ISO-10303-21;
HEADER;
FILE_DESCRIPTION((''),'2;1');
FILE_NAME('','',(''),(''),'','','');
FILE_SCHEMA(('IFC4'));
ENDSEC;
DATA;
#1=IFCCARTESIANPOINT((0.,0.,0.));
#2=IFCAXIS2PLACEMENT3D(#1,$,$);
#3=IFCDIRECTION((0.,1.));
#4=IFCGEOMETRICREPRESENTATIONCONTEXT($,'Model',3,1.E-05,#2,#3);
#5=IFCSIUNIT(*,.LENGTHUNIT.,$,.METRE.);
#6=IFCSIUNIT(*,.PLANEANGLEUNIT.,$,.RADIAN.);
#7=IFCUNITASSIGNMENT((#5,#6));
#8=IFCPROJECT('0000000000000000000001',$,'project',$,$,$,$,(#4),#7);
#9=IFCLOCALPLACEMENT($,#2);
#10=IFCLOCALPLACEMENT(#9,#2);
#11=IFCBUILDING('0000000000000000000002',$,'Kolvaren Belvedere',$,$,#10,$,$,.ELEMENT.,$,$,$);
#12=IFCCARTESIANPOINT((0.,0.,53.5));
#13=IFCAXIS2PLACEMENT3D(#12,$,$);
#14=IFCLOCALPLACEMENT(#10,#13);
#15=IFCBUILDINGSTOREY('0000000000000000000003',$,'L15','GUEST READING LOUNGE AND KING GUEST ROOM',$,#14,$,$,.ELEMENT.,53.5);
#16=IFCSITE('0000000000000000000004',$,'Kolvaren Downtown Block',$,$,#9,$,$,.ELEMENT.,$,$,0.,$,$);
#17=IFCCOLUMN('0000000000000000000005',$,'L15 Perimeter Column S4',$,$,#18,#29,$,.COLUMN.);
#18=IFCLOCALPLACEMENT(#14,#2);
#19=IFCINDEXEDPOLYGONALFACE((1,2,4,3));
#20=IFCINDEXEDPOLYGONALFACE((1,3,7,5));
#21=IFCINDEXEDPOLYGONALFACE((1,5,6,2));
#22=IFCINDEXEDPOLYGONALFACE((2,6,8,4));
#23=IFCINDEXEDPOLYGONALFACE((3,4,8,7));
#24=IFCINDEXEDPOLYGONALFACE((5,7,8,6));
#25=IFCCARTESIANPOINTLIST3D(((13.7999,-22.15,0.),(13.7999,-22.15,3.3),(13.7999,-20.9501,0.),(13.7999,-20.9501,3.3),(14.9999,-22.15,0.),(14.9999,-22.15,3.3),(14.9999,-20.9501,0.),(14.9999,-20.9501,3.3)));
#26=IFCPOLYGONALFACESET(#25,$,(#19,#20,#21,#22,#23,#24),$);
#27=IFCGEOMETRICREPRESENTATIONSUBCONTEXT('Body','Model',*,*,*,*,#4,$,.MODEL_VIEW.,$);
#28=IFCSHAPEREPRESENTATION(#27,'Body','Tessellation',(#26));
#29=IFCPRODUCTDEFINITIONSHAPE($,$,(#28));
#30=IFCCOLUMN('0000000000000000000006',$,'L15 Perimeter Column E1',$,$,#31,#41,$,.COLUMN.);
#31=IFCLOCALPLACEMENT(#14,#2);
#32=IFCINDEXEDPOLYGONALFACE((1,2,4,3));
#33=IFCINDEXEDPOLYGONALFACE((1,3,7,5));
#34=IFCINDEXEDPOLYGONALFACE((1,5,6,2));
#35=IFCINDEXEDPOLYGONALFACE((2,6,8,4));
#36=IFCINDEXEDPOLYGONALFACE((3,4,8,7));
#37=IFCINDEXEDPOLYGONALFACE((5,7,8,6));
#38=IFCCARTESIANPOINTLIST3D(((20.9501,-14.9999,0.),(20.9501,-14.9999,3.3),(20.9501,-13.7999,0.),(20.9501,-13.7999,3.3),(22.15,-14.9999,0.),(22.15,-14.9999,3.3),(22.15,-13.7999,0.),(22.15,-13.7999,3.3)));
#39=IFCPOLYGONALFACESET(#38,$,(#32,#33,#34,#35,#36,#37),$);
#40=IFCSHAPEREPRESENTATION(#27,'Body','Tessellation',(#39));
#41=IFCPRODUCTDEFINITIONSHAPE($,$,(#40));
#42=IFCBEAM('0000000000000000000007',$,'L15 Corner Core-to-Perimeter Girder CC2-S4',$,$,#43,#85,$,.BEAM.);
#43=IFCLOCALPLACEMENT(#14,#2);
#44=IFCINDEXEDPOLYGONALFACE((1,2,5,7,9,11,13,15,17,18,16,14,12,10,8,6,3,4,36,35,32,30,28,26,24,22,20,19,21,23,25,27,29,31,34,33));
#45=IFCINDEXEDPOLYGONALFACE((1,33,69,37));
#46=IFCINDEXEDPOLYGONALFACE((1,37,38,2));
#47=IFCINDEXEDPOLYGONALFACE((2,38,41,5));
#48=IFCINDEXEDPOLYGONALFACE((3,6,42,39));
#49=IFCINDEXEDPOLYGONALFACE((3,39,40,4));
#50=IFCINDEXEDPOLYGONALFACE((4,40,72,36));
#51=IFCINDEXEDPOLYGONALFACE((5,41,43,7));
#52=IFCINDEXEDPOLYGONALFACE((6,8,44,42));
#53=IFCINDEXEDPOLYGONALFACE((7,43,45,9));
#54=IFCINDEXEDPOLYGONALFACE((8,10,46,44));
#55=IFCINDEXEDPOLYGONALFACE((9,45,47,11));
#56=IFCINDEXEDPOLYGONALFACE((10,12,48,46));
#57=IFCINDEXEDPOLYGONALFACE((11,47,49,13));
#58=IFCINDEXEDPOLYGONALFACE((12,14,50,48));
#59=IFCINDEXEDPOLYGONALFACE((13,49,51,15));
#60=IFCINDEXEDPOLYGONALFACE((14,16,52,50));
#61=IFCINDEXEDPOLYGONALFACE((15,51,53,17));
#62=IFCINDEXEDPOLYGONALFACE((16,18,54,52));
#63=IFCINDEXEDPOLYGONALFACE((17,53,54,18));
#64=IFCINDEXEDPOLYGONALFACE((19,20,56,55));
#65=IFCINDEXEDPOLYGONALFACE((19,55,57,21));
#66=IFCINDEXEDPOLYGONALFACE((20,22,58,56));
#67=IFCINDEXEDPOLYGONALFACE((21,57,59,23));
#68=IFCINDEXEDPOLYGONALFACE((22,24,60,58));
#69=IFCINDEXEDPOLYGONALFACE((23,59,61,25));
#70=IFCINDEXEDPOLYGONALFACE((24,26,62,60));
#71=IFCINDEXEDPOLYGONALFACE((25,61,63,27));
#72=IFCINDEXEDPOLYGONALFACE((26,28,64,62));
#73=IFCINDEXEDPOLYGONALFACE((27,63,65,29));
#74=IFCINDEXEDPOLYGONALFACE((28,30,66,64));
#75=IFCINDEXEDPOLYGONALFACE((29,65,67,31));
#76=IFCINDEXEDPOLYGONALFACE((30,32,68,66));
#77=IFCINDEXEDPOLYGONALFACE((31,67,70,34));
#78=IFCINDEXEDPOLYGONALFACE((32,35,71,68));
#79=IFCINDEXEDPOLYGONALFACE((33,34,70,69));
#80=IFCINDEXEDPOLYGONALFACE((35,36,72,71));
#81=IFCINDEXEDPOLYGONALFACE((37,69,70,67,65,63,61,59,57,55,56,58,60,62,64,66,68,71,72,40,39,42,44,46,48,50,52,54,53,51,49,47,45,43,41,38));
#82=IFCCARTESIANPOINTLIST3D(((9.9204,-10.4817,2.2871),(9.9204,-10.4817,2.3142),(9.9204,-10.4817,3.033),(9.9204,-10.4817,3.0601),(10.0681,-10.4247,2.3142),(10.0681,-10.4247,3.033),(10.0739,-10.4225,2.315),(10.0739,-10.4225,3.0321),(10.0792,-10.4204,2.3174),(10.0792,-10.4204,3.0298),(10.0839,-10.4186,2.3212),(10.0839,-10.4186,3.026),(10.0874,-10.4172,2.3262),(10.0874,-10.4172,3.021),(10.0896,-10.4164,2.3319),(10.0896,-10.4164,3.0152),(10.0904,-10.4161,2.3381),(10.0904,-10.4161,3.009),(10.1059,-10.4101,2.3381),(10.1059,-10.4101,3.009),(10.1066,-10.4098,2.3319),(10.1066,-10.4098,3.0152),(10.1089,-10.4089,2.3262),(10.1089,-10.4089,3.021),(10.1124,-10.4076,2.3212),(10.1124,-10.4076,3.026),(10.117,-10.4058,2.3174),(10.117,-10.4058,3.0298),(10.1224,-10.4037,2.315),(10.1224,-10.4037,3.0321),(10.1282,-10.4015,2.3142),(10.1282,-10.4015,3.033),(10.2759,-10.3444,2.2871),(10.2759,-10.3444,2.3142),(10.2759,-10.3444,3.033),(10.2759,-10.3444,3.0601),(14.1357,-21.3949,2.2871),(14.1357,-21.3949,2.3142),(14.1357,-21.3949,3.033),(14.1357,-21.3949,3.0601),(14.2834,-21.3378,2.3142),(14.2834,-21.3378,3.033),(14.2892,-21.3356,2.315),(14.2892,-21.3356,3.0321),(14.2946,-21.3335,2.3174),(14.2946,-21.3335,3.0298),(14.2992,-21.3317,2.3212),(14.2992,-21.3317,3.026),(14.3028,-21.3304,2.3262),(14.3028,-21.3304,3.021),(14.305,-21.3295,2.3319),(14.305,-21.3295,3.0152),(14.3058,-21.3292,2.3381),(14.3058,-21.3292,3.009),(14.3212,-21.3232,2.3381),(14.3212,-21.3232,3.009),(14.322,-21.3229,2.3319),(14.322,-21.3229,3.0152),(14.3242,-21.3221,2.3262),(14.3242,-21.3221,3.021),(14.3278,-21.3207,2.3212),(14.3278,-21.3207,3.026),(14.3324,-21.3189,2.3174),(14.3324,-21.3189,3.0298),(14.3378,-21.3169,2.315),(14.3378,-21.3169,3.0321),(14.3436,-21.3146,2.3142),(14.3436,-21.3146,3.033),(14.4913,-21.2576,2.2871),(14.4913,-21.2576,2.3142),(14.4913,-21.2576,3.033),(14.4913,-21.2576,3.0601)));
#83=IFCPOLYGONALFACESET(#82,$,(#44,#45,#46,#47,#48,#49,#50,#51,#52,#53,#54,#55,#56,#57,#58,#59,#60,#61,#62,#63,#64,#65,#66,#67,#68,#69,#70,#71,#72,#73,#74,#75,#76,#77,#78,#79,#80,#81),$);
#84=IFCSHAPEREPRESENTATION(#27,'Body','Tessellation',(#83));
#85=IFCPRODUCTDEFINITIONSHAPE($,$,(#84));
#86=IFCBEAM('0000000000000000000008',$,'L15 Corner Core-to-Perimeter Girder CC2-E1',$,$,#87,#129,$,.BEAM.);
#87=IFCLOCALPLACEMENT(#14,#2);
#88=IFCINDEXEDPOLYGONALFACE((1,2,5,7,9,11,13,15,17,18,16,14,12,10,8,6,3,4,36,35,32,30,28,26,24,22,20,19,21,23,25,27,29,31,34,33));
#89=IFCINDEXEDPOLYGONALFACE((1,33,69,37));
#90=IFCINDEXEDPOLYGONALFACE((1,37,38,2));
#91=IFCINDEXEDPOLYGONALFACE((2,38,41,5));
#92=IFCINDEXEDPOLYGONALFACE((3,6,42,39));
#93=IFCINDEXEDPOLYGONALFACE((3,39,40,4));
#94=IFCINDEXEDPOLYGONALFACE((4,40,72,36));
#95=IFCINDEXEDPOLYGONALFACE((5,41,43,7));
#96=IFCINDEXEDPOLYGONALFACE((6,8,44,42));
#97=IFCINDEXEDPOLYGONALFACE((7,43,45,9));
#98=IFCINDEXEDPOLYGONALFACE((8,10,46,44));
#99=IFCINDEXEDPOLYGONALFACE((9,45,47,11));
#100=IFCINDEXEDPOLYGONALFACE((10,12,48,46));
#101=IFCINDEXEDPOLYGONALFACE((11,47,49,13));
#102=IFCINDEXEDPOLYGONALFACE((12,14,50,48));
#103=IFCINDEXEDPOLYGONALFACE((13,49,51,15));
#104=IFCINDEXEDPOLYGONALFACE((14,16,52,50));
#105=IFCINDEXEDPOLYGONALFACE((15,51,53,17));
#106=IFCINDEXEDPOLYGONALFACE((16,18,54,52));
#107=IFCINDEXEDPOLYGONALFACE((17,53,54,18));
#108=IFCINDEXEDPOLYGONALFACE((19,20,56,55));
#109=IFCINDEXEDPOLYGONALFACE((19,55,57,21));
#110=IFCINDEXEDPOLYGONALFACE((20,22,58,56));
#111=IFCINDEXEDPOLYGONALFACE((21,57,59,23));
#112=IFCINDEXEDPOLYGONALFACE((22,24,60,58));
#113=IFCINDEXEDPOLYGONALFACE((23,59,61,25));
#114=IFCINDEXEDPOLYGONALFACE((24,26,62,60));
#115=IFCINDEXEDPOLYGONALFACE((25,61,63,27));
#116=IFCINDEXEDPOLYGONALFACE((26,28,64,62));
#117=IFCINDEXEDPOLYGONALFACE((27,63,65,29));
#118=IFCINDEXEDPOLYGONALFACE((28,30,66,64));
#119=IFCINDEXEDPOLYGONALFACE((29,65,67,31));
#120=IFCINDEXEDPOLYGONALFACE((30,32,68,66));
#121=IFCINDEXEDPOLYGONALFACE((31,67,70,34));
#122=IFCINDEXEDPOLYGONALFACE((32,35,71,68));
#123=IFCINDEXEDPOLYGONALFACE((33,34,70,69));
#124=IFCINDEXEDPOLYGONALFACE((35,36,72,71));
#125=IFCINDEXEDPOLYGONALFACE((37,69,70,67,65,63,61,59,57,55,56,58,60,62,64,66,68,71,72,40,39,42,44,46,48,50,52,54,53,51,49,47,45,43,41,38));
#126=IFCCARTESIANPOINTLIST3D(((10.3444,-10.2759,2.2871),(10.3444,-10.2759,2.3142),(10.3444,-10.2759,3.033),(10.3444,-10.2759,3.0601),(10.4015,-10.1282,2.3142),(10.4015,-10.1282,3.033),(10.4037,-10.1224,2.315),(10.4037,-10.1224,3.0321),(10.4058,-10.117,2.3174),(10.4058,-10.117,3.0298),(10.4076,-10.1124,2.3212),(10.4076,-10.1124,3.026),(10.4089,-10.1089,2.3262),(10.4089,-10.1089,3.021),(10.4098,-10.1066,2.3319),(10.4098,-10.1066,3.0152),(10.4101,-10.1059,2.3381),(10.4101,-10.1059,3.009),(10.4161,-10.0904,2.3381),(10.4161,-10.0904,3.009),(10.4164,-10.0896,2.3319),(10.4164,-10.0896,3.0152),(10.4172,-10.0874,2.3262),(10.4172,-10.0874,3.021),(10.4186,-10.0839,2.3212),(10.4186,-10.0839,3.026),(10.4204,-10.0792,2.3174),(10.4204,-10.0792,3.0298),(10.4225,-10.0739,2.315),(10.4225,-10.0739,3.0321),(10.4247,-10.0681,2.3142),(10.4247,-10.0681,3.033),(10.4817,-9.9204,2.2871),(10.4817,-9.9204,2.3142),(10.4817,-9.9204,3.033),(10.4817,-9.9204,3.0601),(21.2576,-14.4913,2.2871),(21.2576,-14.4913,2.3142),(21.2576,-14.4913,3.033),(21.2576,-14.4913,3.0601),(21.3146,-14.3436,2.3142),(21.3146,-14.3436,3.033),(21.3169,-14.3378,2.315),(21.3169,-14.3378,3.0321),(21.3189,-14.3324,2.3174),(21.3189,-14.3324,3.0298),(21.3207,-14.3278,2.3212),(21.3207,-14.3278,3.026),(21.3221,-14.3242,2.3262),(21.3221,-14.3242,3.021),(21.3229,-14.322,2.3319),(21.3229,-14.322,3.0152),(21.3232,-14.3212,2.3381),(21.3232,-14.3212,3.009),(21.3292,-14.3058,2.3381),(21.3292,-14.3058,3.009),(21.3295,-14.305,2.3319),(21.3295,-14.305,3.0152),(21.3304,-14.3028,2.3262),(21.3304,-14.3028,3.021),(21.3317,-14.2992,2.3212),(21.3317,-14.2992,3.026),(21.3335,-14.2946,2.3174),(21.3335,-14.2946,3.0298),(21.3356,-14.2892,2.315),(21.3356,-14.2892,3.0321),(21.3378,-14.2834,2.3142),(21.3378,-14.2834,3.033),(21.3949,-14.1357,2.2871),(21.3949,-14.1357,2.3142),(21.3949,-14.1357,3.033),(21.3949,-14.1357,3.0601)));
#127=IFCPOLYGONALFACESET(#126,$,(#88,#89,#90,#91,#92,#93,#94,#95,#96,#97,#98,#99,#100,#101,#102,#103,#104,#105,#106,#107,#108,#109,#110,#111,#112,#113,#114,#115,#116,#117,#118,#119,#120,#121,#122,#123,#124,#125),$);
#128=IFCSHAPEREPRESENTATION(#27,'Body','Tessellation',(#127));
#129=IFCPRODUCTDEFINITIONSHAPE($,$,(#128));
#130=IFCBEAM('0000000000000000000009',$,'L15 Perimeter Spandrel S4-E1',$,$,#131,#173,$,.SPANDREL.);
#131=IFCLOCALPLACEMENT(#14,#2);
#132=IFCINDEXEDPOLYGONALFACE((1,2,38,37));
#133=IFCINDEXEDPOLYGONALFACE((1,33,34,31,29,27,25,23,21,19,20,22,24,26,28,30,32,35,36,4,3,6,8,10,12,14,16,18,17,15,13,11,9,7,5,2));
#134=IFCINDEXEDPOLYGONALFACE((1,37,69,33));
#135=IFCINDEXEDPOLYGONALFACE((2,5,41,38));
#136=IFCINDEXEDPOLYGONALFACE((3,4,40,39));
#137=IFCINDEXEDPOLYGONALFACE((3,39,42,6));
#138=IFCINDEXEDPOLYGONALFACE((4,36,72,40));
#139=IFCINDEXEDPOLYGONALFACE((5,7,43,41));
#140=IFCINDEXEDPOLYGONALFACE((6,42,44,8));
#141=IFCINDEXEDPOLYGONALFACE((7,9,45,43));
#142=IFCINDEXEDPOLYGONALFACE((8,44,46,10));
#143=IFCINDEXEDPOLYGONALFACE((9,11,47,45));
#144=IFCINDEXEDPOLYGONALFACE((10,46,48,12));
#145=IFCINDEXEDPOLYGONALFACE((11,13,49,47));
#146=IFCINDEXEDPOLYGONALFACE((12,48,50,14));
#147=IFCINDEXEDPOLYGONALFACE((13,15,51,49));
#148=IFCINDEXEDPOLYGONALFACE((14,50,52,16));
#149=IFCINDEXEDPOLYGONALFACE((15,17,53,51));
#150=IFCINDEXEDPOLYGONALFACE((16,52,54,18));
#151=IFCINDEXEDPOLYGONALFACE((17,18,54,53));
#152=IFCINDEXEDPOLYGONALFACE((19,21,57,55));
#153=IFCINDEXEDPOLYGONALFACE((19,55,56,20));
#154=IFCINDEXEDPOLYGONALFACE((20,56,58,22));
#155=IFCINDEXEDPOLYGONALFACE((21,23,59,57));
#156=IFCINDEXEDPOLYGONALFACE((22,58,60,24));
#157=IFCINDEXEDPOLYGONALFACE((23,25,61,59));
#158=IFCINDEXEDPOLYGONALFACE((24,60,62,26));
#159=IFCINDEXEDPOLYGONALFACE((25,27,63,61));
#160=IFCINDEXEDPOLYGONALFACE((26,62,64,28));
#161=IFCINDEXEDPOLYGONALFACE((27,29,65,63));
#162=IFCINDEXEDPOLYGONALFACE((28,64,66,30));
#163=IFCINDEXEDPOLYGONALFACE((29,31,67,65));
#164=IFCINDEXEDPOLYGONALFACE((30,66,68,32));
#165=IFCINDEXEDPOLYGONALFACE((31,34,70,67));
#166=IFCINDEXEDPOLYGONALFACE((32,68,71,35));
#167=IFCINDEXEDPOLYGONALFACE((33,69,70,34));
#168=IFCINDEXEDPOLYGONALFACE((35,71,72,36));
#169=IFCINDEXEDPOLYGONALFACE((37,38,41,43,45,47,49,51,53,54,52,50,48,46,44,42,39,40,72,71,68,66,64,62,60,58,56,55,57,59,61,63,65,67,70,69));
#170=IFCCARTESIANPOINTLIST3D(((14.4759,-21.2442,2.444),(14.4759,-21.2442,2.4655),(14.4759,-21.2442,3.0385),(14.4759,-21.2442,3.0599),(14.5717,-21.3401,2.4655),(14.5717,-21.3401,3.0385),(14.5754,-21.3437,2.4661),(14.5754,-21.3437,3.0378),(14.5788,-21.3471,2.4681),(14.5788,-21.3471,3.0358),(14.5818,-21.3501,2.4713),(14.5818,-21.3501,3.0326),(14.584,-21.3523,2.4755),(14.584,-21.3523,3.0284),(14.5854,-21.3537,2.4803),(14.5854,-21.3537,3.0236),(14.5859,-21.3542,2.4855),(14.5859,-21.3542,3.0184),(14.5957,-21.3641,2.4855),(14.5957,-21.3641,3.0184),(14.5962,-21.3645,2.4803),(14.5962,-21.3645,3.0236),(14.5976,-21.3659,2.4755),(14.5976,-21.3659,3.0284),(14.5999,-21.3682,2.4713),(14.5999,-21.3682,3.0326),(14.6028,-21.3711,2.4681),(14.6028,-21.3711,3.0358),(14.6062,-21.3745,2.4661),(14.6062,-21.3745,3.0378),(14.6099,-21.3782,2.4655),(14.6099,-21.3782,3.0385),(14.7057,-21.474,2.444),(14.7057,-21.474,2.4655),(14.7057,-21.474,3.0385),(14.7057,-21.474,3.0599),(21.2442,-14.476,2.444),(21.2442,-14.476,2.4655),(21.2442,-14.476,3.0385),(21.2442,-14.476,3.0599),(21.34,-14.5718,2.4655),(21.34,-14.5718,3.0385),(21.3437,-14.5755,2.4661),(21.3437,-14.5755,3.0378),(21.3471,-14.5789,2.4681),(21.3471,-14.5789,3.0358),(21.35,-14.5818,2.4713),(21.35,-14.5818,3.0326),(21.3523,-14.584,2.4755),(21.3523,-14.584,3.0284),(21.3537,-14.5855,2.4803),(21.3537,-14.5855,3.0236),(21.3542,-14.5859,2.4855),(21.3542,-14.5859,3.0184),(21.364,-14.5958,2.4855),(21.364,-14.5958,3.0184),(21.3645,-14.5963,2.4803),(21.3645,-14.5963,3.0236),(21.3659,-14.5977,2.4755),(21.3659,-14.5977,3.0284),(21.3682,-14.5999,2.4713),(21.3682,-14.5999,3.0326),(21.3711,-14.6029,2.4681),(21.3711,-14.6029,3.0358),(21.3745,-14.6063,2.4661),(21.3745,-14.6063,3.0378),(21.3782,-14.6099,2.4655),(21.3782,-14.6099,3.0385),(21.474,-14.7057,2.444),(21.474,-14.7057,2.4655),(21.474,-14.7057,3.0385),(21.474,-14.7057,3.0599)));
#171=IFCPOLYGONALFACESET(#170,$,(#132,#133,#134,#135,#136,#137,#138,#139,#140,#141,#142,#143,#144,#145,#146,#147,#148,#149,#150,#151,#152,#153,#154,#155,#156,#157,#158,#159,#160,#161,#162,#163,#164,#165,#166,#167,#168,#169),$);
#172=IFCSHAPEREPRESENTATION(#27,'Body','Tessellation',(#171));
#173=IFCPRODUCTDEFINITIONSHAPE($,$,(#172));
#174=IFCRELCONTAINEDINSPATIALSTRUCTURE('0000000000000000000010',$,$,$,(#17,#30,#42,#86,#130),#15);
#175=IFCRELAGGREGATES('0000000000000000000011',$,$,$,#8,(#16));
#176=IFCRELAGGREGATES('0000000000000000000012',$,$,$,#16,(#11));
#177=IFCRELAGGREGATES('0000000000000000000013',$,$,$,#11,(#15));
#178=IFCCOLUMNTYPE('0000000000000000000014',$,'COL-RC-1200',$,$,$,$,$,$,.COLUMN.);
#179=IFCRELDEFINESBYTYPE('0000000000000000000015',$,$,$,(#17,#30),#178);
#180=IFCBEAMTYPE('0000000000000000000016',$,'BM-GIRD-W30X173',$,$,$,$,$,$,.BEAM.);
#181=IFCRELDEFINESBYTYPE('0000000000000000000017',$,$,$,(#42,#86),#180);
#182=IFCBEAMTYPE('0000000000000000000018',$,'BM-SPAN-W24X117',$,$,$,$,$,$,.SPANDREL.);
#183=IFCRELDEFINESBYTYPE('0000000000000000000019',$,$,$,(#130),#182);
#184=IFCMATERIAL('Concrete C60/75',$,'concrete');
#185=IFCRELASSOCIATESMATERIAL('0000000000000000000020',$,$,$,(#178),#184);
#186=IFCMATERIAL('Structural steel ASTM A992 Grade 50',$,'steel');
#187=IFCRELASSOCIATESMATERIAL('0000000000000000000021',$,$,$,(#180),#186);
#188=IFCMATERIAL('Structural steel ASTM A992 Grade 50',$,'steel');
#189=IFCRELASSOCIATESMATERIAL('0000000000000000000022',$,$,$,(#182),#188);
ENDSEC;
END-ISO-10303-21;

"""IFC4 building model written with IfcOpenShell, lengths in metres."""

from ifc_helpers import new_model, si_unit, direction, frame, origin, origin_2d, place, context, subcontext, project, spatial, rectangle, i_section, extrude, material, material_profile, profile_set, type_object, element, save


model = new_model("IFC4")

# Units and contexts
model_context = context("Model", 3, precision=1e-05, world=origin(), true_north=direction((0.0, 1.0)))
body_context = subcontext(model_context, "Body", "Model", "MODEL_VIEW")
ifc_project = project(units=[si_unit("LENGTHUNIT", "METRE"), si_unit("PLANEANGLEUNIT", "RADIAN")], contexts=[model_context])

# Site, building, storey
site_placement = place(None, origin())
site = spatial("IfcSite", under=ifc_project, at=site_placement, Name="Kolvaren Downtown Block", CompositionType="ELEMENT", RefElevation=0.0)
building_placement = place(site_placement, origin())
building = spatial("IfcBuilding", under=site, at=building_placement, Name="Kolvaren Belvedere", CompositionType="ELEMENT")
storey_placement = place(building_placement, frame((0.0, 0.0, 53.5)))
storey = spatial("IfcBuildingStorey", under=building, at=storey_placement, Name="L15", Description="GUEST READING LOUNGE AND KING GUEST ROOM", CompositionType="ELEMENT", Elevation=53.5)

# Columns
ifc_material_1 = material(Name="Concrete C60/75", Category="concrete")
ifc_material_profile_1 = material_profile(ifc_material_1, rectangle(XDim=1.2, YDim=1.2, at=origin_2d()), Name="RC 1200X1200")
ifc_profile_set_1 = profile_set([ifc_material_profile_1], Name="Concrete C60/75")
column_type = type_object("IfcColumnType", Name="COL-RC-1200", PredefinedType="COLUMN", material=ifc_profile_set_1)
for number, where, z_axis, x_axis, name in (
    (1, (14.3999, -21.55, 0.0), (0.0, 0.0, 1.0), (1.0, 0.0, 0.0), "L15 Perimeter Column S4"),
    (2, (21.55, -14.3999, 0.0), (0.0, 0.0, 1.0), (1.0, 0.0, 0.0), "L15 Perimeter Column E1"),
):
    element("IfcColumn", number, at=place(storey_placement, frame(where, z_axis=z_axis, x_axis=x_axis)), inside=storey, type_object=column_type, Name=name, PredefinedType="COLUMN", context=body_context, shape_type="SweptSolid", body=[
        extrude(rectangle(XDim=1.2, YDim=1.2, at=origin_2d()), origin(), (0.0, 0.0, 1.0), 3.3),
    ])

# Beams
ifc_material_2 = material(Name="Structural steel ASTM A992 Grade 50", Category="steel")
ifc_material_profile_2 = material_profile(ifc_material_2, i_section(OverallWidth=0.3811, OverallDepth=0.7729, WebThickness=0.0166, FlangeThickness=0.0271, FilletRadius=0.0239, at=origin_2d()), Name="W30X173")
ifc_profile_set_2 = profile_set([ifc_material_profile_2], Name="Structural steel ASTM A992 Grade 50")
beam_type_1 = type_object("IfcBeamType", Name="BM-GIRD-W30X173", PredefinedType="BEAM", material=ifc_profile_set_2)
for number, where, z_axis, x_axis, name in (
    (3, (10.0981, -10.4131, 2.6736), (0.360318, -0.932829, 0.0), (0.932829, 0.360318, 0.0), "L15 Corner Core-to-Perimeter Girder CC2-S4"),
    (4, (10.4131, -10.0981, 2.6736), (0.932829, -0.360318, 0.0), (0.360318, 0.932829, 0.0), "L15 Corner Core-to-Perimeter Girder CC2-E1"),
):
    element("IfcBeam", number, at=place(storey_placement, frame(where, z_axis=z_axis, x_axis=x_axis)), inside=storey, type_object=beam_type_1, Name=name, PredefinedType="BEAM", context=body_context, shape_type="SweptSolid", body=[
        extrude(i_section(OverallWidth=0.3811, OverallDepth=0.7729, WebThickness=0.0166, FlangeThickness=0.0271, FilletRadius=0.0239, at=origin_2d()), origin(), (0.0, 0.0, 1.0), 11.699),
    ])
ifc_material_3 = material(Name="Structural steel ASTM A992 Grade 50", Category="steel")
ifc_material_profile_3 = material_profile(ifc_material_3, i_section(OverallWidth=0.325, OverallDepth=0.616, WebThickness=0.0139, FlangeThickness=0.0215, FilletRadius=0.02, at=origin_2d()), Name="W24X117")
ifc_profile_set_3 = profile_set([ifc_material_profile_3], Name="Structural steel ASTM A992 Grade 50")
beam_type_2 = type_object("IfcBeamType", Name="BM-SPAN-W24X117", PredefinedType="SPANDREL", material=ifc_profile_set_3)
beam_1_placement = place(storey_placement, frame((14.5908, -21.3591, 2.752), z_axis=(0.707107, 0.707107, 0.0), x_axis=(-0.707107, 0.707107, 0.0)))
element("IfcBeam", 5, at=beam_1_placement, inside=storey, type_object=beam_type_2, Name="L15 Perimeter Spandrel S4-E1", PredefinedType="SPANDREL", context=body_context, shape_type="SweptSolid", body=[
    extrude(i_section(OverallWidth=0.325, OverallDepth=0.616, WebThickness=0.0139, FlangeThickness=0.0215, FilletRadius=0.02, at=origin_2d()), origin(), (0.0, 0.0, 1.0), 9.5718),
])

save(model, "model.ifc")
